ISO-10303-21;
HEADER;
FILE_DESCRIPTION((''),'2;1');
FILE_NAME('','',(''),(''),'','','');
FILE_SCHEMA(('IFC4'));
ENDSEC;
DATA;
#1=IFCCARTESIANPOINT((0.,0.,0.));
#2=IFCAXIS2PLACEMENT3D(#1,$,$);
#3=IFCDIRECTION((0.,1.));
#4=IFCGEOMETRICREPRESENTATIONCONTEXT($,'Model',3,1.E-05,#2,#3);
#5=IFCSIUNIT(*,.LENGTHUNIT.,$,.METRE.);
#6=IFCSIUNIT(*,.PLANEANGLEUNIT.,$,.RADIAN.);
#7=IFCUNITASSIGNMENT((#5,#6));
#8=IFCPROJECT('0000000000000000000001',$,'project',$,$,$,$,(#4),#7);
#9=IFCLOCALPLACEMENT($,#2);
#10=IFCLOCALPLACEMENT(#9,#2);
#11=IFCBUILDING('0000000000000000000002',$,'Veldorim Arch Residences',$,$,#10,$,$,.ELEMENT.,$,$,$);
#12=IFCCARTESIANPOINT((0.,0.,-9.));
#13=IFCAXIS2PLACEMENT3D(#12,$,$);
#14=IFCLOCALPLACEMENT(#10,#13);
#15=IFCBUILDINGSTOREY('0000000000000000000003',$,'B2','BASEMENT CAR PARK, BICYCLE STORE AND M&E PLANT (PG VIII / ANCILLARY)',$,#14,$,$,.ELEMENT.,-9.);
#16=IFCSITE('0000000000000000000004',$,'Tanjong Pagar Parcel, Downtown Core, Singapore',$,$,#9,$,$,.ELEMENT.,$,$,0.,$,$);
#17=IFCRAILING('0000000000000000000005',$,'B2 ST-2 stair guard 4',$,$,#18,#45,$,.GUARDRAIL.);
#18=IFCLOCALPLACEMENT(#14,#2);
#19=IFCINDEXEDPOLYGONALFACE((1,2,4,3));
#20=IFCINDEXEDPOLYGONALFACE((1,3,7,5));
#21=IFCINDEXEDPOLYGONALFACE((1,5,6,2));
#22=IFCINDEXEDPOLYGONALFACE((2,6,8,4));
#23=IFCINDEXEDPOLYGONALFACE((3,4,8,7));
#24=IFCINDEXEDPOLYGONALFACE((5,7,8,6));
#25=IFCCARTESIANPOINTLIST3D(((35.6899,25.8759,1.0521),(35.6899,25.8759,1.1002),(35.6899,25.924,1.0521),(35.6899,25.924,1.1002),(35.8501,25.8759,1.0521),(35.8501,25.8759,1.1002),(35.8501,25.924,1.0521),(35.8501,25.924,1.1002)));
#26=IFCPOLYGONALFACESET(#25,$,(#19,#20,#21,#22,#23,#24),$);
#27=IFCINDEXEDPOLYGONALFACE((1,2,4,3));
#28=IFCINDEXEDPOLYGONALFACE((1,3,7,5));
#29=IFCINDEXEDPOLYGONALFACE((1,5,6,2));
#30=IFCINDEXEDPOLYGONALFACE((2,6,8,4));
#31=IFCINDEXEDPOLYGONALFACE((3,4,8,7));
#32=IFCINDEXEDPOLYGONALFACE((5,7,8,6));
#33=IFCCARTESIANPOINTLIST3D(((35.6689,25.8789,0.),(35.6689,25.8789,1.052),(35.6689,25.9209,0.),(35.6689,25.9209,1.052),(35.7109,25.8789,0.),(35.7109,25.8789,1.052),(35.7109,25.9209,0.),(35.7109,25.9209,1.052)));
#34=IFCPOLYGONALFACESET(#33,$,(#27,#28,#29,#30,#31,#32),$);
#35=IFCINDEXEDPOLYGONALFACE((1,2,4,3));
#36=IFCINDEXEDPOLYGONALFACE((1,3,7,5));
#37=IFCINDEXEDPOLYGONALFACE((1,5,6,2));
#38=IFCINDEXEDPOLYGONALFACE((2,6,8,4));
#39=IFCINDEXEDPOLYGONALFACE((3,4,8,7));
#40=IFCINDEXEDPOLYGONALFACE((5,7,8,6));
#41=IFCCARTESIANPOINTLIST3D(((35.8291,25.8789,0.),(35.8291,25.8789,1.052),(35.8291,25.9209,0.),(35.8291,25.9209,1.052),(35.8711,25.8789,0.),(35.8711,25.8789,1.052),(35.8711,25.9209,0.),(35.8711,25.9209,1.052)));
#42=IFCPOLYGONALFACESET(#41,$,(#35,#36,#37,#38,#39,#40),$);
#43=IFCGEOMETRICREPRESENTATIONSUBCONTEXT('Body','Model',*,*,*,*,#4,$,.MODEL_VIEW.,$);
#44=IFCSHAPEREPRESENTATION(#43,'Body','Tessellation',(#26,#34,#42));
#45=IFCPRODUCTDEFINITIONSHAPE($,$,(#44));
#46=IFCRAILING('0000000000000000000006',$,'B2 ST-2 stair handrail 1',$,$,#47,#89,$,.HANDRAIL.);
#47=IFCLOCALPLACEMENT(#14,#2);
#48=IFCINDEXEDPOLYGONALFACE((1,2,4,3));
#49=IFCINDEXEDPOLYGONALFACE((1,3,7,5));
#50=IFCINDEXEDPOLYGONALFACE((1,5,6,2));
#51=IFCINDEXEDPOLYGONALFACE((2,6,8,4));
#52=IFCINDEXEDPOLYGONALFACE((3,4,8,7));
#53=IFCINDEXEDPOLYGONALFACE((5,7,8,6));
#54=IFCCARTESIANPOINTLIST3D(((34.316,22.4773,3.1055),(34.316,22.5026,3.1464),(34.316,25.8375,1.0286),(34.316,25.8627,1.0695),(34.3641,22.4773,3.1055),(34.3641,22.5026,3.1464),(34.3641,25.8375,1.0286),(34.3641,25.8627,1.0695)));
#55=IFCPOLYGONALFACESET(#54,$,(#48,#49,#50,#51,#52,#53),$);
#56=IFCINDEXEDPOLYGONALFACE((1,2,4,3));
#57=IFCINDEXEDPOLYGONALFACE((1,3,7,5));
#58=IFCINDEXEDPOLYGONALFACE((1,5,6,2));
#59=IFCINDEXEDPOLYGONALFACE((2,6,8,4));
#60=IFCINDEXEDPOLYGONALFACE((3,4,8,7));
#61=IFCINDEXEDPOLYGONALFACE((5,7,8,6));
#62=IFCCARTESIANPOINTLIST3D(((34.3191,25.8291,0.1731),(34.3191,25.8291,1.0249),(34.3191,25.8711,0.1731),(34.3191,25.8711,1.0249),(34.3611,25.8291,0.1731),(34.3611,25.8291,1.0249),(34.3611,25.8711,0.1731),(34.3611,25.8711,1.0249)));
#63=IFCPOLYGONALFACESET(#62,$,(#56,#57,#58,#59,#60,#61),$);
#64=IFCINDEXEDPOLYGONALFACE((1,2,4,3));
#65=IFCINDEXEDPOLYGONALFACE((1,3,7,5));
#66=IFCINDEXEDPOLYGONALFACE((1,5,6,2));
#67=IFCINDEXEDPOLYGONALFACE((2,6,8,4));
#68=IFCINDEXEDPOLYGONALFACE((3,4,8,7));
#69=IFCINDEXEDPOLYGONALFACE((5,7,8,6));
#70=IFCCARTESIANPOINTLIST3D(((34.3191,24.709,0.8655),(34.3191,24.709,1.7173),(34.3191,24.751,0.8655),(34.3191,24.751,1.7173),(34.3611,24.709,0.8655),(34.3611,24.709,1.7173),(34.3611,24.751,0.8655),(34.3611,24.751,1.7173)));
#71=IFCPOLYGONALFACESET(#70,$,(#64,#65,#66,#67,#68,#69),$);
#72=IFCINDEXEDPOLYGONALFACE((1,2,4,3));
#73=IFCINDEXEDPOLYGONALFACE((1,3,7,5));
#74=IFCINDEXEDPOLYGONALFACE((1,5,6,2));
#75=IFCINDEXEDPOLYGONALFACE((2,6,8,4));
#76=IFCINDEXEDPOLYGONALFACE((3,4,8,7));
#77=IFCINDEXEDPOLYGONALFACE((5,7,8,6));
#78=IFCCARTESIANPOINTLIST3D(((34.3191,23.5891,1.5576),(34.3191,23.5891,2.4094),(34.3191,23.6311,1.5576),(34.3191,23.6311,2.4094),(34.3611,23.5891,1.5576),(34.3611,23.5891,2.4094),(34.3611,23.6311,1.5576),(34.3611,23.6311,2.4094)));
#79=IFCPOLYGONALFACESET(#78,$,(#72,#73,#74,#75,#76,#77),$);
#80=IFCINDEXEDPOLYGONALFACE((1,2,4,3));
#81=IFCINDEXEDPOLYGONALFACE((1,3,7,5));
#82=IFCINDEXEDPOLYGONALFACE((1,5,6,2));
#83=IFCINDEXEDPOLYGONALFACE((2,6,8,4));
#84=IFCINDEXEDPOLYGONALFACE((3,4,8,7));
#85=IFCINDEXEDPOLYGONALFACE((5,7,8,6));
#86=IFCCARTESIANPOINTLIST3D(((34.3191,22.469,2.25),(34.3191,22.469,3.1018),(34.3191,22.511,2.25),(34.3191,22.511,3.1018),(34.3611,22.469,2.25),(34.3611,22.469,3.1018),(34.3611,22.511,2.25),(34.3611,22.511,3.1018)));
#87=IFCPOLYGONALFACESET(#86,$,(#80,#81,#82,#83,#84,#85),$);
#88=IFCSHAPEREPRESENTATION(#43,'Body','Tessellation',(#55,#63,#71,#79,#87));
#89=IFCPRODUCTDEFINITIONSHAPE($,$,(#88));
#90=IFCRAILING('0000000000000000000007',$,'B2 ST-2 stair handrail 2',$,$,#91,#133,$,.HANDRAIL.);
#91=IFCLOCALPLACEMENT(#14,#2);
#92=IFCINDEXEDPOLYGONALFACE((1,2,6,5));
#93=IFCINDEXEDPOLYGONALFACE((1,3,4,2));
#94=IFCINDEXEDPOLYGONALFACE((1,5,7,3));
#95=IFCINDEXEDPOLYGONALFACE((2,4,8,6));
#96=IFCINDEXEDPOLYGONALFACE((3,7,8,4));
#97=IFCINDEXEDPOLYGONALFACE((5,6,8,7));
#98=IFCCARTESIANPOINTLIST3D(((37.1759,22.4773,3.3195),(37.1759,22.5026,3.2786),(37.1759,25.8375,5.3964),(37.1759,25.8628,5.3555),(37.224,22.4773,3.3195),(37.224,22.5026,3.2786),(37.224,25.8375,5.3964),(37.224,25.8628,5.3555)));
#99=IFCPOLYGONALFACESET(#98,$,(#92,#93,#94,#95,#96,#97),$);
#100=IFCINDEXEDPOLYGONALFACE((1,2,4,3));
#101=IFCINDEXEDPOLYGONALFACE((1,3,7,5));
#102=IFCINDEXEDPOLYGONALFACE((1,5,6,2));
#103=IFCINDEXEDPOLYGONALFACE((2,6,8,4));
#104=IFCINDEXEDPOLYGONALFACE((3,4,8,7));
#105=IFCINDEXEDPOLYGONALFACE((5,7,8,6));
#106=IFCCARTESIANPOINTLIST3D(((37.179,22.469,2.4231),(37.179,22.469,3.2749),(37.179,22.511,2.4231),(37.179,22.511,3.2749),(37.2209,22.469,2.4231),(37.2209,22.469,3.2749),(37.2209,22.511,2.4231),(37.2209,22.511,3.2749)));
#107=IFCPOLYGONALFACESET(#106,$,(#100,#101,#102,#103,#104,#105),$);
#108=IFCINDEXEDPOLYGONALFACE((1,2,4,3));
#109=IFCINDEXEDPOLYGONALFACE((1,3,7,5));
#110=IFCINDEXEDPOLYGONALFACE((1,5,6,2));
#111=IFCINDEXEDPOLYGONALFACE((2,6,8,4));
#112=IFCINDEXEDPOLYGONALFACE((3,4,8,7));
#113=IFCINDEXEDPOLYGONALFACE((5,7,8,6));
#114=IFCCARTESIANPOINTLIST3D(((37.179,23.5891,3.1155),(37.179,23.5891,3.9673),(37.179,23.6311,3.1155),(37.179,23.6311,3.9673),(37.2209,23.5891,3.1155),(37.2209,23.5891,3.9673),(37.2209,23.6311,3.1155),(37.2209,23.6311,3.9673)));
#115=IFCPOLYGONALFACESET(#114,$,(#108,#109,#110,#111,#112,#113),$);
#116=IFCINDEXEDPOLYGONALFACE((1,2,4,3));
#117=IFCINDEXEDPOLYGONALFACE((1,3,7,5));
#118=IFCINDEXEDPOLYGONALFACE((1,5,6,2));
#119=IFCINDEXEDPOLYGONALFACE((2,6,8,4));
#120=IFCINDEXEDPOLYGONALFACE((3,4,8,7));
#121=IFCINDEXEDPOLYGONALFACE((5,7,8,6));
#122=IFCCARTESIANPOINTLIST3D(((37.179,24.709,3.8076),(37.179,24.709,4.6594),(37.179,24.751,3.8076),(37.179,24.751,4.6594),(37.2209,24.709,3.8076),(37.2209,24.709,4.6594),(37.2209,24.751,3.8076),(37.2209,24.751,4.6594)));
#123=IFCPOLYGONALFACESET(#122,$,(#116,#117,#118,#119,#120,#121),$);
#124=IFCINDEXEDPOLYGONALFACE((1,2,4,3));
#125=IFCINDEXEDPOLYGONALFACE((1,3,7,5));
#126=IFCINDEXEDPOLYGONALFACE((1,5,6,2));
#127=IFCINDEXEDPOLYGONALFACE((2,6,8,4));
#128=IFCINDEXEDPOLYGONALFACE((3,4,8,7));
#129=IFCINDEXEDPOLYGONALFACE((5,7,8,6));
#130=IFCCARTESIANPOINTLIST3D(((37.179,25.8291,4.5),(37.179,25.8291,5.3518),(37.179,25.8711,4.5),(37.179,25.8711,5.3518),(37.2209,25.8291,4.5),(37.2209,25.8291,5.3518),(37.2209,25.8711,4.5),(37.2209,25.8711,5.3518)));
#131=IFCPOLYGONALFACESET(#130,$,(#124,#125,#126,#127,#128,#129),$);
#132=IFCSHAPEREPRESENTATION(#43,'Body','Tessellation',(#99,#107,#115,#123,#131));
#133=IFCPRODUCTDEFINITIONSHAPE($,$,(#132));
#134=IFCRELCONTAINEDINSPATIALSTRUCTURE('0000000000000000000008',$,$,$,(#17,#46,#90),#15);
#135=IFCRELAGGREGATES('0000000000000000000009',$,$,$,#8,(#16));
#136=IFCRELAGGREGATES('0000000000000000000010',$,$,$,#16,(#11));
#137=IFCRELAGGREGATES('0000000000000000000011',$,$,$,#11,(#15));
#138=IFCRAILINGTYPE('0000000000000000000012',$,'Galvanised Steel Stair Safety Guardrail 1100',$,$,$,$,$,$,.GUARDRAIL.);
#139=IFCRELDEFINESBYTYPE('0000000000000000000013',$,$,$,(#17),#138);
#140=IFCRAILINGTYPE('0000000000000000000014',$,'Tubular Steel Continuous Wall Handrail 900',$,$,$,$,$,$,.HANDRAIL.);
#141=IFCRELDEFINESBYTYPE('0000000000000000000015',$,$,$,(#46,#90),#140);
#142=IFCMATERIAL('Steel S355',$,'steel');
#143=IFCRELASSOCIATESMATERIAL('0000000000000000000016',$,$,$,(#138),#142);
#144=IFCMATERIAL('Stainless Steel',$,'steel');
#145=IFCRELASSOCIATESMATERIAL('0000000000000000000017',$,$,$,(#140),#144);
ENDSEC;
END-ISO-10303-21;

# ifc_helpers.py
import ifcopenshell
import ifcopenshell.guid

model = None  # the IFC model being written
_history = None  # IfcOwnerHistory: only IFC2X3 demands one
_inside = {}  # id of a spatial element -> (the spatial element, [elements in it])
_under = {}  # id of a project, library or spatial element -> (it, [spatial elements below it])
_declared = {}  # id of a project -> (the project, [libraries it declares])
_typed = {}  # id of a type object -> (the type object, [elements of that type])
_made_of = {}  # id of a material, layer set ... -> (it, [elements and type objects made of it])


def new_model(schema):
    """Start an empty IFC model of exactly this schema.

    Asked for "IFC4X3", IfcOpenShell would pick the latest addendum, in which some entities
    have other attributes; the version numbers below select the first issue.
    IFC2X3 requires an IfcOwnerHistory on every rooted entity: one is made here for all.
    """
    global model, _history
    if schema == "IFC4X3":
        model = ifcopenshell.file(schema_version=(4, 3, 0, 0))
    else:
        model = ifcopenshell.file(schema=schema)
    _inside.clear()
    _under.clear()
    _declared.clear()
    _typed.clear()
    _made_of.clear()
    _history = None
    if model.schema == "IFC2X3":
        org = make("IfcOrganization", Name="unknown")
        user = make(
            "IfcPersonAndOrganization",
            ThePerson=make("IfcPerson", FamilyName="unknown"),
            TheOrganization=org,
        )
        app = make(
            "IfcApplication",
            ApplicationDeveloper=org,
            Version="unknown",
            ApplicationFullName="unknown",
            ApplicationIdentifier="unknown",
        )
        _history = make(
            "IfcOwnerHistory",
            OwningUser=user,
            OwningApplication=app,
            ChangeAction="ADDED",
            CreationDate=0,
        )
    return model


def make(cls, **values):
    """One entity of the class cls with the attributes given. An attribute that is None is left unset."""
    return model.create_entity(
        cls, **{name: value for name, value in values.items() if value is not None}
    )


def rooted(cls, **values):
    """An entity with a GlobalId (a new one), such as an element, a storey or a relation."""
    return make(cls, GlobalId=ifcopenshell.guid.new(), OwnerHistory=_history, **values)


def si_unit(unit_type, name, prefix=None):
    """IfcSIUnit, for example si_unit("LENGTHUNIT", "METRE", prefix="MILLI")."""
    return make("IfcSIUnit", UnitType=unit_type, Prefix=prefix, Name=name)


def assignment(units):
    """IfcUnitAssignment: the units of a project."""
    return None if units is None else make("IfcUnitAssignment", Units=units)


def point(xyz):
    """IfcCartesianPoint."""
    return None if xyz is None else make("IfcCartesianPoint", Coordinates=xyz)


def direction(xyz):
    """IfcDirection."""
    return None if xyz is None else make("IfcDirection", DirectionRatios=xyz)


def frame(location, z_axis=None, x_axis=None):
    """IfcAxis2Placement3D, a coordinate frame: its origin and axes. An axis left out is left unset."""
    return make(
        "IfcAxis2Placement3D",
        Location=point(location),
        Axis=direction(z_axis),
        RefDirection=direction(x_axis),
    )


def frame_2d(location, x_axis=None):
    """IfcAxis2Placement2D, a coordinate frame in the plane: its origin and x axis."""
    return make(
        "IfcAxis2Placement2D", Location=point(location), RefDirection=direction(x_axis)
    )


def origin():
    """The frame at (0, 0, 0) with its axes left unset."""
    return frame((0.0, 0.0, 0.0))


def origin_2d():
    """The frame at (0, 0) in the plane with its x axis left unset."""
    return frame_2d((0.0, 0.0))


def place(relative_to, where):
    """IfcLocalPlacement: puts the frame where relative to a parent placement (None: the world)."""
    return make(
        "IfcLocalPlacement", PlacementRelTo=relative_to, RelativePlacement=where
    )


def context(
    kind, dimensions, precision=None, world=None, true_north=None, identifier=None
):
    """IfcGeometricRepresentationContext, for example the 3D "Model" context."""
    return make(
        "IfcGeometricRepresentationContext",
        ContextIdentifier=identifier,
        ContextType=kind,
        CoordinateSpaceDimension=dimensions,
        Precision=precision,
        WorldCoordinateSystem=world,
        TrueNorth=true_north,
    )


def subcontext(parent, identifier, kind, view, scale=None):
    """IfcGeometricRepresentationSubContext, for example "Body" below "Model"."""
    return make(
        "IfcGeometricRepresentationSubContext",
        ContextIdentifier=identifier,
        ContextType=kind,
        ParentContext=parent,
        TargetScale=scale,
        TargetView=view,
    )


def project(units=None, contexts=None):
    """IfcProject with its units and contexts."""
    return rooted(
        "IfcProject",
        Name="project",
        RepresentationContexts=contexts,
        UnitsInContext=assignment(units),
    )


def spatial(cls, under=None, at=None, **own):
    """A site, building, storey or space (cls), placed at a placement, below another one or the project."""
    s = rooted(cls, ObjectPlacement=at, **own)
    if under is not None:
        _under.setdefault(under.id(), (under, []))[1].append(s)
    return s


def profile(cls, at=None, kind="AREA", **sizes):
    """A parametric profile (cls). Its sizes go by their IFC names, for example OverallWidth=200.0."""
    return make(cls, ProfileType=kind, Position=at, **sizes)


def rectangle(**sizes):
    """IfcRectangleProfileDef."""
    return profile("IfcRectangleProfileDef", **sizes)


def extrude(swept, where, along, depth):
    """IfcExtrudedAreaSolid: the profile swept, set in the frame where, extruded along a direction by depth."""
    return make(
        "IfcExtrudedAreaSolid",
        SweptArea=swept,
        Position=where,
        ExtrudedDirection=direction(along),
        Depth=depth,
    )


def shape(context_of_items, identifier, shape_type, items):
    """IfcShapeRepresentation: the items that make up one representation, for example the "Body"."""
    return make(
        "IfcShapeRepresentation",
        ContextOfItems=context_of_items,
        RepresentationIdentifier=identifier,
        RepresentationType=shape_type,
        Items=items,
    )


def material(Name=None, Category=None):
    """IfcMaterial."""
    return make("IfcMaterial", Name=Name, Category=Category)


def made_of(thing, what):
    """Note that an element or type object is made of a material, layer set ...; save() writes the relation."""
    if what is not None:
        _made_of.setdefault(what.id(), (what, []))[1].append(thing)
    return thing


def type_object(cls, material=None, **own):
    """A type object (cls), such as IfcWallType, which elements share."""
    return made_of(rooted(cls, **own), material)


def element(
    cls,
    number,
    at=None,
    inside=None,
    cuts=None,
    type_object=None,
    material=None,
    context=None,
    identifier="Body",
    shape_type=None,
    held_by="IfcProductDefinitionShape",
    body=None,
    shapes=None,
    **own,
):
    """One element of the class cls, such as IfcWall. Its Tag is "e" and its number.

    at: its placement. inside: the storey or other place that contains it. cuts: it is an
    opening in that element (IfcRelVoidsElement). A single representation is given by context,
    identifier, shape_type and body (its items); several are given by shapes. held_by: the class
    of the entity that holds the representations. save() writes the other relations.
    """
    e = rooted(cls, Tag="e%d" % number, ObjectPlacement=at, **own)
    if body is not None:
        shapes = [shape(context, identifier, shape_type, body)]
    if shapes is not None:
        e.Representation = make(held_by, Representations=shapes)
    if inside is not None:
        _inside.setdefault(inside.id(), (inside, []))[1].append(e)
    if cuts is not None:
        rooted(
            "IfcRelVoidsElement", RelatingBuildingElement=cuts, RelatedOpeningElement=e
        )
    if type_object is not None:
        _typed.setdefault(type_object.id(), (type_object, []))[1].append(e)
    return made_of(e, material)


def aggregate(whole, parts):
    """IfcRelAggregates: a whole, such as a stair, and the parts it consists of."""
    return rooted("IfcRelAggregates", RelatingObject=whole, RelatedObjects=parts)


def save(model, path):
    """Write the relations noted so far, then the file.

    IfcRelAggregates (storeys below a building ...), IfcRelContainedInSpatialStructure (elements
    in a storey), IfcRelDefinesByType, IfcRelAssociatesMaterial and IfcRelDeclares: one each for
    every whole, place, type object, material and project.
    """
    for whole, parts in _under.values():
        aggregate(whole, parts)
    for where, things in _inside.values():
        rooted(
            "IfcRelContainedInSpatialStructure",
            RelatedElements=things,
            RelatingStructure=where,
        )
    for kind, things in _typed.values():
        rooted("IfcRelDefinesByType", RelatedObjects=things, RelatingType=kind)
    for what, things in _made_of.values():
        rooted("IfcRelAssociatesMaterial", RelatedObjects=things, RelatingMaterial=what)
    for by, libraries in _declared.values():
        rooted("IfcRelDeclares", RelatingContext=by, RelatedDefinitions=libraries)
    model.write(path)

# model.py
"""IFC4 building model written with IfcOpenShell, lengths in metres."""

from ifc_helpers import new_model, si_unit, direction, frame, origin, origin_2d, place, context, subcontext, project, spatial, rectangle, extrude, material, type_object, element, save


model = new_model("IFC4")

# Units and contexts
model_context = context("Model", 3, precision=1e-05, world=origin(), true_north=direction((0.0, 1.0)))
body_context = subcontext(model_context, "Body", "Model", "MODEL_VIEW")
ifc_project = project(units=[si_unit("LENGTHUNIT", "METRE"), si_unit("PLANEANGLEUNIT", "RADIAN")], contexts=[model_context])

# Site, building, storey
site_placement = place(None, origin())
site = spatial("IfcSite", under=ifc_project, at=site_placement, Name="Tanjong Pagar Parcel, Downtown Core, Singapore", CompositionType="ELEMENT", RefElevation=0.0)
building_placement = place(site_placement, origin())
building = spatial("IfcBuilding", under=site, at=building_placement, Name="Veldorim Arch Residences", CompositionType="ELEMENT")
storey_placement = place(building_placement, frame((0.0, 0.0, -9.0)))
storey = spatial("IfcBuildingStorey", under=building, at=storey_placement, Name="B2", Description="BASEMENT CAR PARK, BICYCLE STORE AND M&E PLANT (PG VIII / ANCILLARY)", CompositionType="ELEMENT", Elevation=-9.0)

# Railings
ifc_material_1 = material(Name="Steel S355", Category="steel")
railing_type_1 = type_object("IfcRailingType", Name="Galvanised Steel Stair Safety Guardrail 1100", PredefinedType="GUARDRAIL", material=ifc_material_1)
railing_1_placement = place(storey_placement, frame((35.6899, 25.8999, 0.0)))
element("IfcRailing", 1, at=railing_1_placement, inside=storey, type_object=railing_type_1, Name="B2 ST-2 stair guard 4", PredefinedType="GUARDRAIL", context=body_context, shape_type="SweptSolid", body=[
    extrude(rectangle(XDim=0.0481, YDim=0.0481, at=origin_2d()), frame((0.0, 0.0, 1.0762), z_axis=(1.0, 0.0, 0.0), x_axis=(0.0, 1.0, 0.0)), (0.0, 0.0, 1.0), 0.1602),
    extrude(rectangle(XDim=0.042, YDim=0.042, at=origin_2d()), origin(), (0.0, 0.0, 1.0), 1.052),
    extrude(rectangle(XDim=0.042, YDim=0.042, at=origin_2d()), frame((0.1602, 0.0, 0.0)), (0.0, 0.0, 1.0), 1.052),
])
ifc_material_2 = material(Name="Stainless Steel", Category="steel")
railing_type_2 = type_object("IfcRailingType", Name="Tubular Steel Continuous Wall Handrail 900", PredefinedType="HANDRAIL", material=ifc_material_2)
railing_2_placement = place(storey_placement, frame((34.3401, 25.8501, 0.1731)))
element("IfcRailing", 2, at=railing_2_placement, inside=storey, type_object=railing_type_2, Name="B2 ST-2 stair handrail 1", PredefinedType="HANDRAIL", context=body_context, shape_type="SweptSolid", body=[
    extrude(rectangle(XDim=0.0481, YDim=0.0481, at=origin_2d()), frame((0.0, 0.0, 0.876), z_axis=(0.0, -0.850623, 0.525776), x_axis=(1.0, 0.0, 0.0)), (0.0, 0.0, 1.0), 3.9502),
    extrude(rectangle(XDim=0.042, YDim=0.042, at=origin_2d()), origin(), (0.0, 0.0, 1.0), 0.8518),
    extrude(rectangle(XDim=0.042, YDim=0.042, at=origin_2d()), frame((0.0, -1.1201, 0.6924)), (0.0, 0.0, 1.0), 0.8518),
    extrude(rectangle(XDim=0.042, YDim=0.042, at=origin_2d()), frame((0.0, -2.24, 1.3845)), (0.0, 0.0, 1.0), 0.8518),
    extrude(rectangle(XDim=0.042, YDim=0.042, at=origin_2d()), frame((0.0, -3.3601, 2.0769)), (0.0, 0.0, 1.0), 0.8518),
])
railing_3_placement = place(storey_placement, frame((37.2, 22.49, 2.4231)))
element("IfcRailing", 3, at=railing_3_placement, inside=storey, type_object=railing_type_2, Name="B2 ST-2 stair handrail 2", PredefinedType="HANDRAIL", context=body_context, shape_type="SweptSolid", body=[
    extrude(rectangle(XDim=0.0481, YDim=0.0481, at=origin_2d()), frame((0.0, 0.0, 0.876), z_axis=(0.0, 0.850623, 0.525776), x_axis=(-1.0, 0.0, 0.0)), (0.0, 0.0, 1.0), 3.9502),
    extrude(rectangle(XDim=0.042, YDim=0.042, at=origin_2d()), origin(), (0.0, 0.0, 1.0), 0.8518),
    extrude(rectangle(XDim=0.042, YDim=0.042, at=origin_2d()), frame((0.0, 1.1201, 0.6924)), (0.0, 0.0, 1.0), 0.8518),
    extrude(rectangle(XDim=0.042, YDim=0.042, at=origin_2d()), frame((0.0, 2.24, 1.3845)), (0.0, 0.0, 1.0), 0.8518),
    extrude(rectangle(XDim=0.042, YDim=0.042, at=origin_2d()), frame((0.0, 3.3601, 2.0769)), (0.0, 0.0, 1.0), 0.8518),
])

save(model, "model.ifc")
